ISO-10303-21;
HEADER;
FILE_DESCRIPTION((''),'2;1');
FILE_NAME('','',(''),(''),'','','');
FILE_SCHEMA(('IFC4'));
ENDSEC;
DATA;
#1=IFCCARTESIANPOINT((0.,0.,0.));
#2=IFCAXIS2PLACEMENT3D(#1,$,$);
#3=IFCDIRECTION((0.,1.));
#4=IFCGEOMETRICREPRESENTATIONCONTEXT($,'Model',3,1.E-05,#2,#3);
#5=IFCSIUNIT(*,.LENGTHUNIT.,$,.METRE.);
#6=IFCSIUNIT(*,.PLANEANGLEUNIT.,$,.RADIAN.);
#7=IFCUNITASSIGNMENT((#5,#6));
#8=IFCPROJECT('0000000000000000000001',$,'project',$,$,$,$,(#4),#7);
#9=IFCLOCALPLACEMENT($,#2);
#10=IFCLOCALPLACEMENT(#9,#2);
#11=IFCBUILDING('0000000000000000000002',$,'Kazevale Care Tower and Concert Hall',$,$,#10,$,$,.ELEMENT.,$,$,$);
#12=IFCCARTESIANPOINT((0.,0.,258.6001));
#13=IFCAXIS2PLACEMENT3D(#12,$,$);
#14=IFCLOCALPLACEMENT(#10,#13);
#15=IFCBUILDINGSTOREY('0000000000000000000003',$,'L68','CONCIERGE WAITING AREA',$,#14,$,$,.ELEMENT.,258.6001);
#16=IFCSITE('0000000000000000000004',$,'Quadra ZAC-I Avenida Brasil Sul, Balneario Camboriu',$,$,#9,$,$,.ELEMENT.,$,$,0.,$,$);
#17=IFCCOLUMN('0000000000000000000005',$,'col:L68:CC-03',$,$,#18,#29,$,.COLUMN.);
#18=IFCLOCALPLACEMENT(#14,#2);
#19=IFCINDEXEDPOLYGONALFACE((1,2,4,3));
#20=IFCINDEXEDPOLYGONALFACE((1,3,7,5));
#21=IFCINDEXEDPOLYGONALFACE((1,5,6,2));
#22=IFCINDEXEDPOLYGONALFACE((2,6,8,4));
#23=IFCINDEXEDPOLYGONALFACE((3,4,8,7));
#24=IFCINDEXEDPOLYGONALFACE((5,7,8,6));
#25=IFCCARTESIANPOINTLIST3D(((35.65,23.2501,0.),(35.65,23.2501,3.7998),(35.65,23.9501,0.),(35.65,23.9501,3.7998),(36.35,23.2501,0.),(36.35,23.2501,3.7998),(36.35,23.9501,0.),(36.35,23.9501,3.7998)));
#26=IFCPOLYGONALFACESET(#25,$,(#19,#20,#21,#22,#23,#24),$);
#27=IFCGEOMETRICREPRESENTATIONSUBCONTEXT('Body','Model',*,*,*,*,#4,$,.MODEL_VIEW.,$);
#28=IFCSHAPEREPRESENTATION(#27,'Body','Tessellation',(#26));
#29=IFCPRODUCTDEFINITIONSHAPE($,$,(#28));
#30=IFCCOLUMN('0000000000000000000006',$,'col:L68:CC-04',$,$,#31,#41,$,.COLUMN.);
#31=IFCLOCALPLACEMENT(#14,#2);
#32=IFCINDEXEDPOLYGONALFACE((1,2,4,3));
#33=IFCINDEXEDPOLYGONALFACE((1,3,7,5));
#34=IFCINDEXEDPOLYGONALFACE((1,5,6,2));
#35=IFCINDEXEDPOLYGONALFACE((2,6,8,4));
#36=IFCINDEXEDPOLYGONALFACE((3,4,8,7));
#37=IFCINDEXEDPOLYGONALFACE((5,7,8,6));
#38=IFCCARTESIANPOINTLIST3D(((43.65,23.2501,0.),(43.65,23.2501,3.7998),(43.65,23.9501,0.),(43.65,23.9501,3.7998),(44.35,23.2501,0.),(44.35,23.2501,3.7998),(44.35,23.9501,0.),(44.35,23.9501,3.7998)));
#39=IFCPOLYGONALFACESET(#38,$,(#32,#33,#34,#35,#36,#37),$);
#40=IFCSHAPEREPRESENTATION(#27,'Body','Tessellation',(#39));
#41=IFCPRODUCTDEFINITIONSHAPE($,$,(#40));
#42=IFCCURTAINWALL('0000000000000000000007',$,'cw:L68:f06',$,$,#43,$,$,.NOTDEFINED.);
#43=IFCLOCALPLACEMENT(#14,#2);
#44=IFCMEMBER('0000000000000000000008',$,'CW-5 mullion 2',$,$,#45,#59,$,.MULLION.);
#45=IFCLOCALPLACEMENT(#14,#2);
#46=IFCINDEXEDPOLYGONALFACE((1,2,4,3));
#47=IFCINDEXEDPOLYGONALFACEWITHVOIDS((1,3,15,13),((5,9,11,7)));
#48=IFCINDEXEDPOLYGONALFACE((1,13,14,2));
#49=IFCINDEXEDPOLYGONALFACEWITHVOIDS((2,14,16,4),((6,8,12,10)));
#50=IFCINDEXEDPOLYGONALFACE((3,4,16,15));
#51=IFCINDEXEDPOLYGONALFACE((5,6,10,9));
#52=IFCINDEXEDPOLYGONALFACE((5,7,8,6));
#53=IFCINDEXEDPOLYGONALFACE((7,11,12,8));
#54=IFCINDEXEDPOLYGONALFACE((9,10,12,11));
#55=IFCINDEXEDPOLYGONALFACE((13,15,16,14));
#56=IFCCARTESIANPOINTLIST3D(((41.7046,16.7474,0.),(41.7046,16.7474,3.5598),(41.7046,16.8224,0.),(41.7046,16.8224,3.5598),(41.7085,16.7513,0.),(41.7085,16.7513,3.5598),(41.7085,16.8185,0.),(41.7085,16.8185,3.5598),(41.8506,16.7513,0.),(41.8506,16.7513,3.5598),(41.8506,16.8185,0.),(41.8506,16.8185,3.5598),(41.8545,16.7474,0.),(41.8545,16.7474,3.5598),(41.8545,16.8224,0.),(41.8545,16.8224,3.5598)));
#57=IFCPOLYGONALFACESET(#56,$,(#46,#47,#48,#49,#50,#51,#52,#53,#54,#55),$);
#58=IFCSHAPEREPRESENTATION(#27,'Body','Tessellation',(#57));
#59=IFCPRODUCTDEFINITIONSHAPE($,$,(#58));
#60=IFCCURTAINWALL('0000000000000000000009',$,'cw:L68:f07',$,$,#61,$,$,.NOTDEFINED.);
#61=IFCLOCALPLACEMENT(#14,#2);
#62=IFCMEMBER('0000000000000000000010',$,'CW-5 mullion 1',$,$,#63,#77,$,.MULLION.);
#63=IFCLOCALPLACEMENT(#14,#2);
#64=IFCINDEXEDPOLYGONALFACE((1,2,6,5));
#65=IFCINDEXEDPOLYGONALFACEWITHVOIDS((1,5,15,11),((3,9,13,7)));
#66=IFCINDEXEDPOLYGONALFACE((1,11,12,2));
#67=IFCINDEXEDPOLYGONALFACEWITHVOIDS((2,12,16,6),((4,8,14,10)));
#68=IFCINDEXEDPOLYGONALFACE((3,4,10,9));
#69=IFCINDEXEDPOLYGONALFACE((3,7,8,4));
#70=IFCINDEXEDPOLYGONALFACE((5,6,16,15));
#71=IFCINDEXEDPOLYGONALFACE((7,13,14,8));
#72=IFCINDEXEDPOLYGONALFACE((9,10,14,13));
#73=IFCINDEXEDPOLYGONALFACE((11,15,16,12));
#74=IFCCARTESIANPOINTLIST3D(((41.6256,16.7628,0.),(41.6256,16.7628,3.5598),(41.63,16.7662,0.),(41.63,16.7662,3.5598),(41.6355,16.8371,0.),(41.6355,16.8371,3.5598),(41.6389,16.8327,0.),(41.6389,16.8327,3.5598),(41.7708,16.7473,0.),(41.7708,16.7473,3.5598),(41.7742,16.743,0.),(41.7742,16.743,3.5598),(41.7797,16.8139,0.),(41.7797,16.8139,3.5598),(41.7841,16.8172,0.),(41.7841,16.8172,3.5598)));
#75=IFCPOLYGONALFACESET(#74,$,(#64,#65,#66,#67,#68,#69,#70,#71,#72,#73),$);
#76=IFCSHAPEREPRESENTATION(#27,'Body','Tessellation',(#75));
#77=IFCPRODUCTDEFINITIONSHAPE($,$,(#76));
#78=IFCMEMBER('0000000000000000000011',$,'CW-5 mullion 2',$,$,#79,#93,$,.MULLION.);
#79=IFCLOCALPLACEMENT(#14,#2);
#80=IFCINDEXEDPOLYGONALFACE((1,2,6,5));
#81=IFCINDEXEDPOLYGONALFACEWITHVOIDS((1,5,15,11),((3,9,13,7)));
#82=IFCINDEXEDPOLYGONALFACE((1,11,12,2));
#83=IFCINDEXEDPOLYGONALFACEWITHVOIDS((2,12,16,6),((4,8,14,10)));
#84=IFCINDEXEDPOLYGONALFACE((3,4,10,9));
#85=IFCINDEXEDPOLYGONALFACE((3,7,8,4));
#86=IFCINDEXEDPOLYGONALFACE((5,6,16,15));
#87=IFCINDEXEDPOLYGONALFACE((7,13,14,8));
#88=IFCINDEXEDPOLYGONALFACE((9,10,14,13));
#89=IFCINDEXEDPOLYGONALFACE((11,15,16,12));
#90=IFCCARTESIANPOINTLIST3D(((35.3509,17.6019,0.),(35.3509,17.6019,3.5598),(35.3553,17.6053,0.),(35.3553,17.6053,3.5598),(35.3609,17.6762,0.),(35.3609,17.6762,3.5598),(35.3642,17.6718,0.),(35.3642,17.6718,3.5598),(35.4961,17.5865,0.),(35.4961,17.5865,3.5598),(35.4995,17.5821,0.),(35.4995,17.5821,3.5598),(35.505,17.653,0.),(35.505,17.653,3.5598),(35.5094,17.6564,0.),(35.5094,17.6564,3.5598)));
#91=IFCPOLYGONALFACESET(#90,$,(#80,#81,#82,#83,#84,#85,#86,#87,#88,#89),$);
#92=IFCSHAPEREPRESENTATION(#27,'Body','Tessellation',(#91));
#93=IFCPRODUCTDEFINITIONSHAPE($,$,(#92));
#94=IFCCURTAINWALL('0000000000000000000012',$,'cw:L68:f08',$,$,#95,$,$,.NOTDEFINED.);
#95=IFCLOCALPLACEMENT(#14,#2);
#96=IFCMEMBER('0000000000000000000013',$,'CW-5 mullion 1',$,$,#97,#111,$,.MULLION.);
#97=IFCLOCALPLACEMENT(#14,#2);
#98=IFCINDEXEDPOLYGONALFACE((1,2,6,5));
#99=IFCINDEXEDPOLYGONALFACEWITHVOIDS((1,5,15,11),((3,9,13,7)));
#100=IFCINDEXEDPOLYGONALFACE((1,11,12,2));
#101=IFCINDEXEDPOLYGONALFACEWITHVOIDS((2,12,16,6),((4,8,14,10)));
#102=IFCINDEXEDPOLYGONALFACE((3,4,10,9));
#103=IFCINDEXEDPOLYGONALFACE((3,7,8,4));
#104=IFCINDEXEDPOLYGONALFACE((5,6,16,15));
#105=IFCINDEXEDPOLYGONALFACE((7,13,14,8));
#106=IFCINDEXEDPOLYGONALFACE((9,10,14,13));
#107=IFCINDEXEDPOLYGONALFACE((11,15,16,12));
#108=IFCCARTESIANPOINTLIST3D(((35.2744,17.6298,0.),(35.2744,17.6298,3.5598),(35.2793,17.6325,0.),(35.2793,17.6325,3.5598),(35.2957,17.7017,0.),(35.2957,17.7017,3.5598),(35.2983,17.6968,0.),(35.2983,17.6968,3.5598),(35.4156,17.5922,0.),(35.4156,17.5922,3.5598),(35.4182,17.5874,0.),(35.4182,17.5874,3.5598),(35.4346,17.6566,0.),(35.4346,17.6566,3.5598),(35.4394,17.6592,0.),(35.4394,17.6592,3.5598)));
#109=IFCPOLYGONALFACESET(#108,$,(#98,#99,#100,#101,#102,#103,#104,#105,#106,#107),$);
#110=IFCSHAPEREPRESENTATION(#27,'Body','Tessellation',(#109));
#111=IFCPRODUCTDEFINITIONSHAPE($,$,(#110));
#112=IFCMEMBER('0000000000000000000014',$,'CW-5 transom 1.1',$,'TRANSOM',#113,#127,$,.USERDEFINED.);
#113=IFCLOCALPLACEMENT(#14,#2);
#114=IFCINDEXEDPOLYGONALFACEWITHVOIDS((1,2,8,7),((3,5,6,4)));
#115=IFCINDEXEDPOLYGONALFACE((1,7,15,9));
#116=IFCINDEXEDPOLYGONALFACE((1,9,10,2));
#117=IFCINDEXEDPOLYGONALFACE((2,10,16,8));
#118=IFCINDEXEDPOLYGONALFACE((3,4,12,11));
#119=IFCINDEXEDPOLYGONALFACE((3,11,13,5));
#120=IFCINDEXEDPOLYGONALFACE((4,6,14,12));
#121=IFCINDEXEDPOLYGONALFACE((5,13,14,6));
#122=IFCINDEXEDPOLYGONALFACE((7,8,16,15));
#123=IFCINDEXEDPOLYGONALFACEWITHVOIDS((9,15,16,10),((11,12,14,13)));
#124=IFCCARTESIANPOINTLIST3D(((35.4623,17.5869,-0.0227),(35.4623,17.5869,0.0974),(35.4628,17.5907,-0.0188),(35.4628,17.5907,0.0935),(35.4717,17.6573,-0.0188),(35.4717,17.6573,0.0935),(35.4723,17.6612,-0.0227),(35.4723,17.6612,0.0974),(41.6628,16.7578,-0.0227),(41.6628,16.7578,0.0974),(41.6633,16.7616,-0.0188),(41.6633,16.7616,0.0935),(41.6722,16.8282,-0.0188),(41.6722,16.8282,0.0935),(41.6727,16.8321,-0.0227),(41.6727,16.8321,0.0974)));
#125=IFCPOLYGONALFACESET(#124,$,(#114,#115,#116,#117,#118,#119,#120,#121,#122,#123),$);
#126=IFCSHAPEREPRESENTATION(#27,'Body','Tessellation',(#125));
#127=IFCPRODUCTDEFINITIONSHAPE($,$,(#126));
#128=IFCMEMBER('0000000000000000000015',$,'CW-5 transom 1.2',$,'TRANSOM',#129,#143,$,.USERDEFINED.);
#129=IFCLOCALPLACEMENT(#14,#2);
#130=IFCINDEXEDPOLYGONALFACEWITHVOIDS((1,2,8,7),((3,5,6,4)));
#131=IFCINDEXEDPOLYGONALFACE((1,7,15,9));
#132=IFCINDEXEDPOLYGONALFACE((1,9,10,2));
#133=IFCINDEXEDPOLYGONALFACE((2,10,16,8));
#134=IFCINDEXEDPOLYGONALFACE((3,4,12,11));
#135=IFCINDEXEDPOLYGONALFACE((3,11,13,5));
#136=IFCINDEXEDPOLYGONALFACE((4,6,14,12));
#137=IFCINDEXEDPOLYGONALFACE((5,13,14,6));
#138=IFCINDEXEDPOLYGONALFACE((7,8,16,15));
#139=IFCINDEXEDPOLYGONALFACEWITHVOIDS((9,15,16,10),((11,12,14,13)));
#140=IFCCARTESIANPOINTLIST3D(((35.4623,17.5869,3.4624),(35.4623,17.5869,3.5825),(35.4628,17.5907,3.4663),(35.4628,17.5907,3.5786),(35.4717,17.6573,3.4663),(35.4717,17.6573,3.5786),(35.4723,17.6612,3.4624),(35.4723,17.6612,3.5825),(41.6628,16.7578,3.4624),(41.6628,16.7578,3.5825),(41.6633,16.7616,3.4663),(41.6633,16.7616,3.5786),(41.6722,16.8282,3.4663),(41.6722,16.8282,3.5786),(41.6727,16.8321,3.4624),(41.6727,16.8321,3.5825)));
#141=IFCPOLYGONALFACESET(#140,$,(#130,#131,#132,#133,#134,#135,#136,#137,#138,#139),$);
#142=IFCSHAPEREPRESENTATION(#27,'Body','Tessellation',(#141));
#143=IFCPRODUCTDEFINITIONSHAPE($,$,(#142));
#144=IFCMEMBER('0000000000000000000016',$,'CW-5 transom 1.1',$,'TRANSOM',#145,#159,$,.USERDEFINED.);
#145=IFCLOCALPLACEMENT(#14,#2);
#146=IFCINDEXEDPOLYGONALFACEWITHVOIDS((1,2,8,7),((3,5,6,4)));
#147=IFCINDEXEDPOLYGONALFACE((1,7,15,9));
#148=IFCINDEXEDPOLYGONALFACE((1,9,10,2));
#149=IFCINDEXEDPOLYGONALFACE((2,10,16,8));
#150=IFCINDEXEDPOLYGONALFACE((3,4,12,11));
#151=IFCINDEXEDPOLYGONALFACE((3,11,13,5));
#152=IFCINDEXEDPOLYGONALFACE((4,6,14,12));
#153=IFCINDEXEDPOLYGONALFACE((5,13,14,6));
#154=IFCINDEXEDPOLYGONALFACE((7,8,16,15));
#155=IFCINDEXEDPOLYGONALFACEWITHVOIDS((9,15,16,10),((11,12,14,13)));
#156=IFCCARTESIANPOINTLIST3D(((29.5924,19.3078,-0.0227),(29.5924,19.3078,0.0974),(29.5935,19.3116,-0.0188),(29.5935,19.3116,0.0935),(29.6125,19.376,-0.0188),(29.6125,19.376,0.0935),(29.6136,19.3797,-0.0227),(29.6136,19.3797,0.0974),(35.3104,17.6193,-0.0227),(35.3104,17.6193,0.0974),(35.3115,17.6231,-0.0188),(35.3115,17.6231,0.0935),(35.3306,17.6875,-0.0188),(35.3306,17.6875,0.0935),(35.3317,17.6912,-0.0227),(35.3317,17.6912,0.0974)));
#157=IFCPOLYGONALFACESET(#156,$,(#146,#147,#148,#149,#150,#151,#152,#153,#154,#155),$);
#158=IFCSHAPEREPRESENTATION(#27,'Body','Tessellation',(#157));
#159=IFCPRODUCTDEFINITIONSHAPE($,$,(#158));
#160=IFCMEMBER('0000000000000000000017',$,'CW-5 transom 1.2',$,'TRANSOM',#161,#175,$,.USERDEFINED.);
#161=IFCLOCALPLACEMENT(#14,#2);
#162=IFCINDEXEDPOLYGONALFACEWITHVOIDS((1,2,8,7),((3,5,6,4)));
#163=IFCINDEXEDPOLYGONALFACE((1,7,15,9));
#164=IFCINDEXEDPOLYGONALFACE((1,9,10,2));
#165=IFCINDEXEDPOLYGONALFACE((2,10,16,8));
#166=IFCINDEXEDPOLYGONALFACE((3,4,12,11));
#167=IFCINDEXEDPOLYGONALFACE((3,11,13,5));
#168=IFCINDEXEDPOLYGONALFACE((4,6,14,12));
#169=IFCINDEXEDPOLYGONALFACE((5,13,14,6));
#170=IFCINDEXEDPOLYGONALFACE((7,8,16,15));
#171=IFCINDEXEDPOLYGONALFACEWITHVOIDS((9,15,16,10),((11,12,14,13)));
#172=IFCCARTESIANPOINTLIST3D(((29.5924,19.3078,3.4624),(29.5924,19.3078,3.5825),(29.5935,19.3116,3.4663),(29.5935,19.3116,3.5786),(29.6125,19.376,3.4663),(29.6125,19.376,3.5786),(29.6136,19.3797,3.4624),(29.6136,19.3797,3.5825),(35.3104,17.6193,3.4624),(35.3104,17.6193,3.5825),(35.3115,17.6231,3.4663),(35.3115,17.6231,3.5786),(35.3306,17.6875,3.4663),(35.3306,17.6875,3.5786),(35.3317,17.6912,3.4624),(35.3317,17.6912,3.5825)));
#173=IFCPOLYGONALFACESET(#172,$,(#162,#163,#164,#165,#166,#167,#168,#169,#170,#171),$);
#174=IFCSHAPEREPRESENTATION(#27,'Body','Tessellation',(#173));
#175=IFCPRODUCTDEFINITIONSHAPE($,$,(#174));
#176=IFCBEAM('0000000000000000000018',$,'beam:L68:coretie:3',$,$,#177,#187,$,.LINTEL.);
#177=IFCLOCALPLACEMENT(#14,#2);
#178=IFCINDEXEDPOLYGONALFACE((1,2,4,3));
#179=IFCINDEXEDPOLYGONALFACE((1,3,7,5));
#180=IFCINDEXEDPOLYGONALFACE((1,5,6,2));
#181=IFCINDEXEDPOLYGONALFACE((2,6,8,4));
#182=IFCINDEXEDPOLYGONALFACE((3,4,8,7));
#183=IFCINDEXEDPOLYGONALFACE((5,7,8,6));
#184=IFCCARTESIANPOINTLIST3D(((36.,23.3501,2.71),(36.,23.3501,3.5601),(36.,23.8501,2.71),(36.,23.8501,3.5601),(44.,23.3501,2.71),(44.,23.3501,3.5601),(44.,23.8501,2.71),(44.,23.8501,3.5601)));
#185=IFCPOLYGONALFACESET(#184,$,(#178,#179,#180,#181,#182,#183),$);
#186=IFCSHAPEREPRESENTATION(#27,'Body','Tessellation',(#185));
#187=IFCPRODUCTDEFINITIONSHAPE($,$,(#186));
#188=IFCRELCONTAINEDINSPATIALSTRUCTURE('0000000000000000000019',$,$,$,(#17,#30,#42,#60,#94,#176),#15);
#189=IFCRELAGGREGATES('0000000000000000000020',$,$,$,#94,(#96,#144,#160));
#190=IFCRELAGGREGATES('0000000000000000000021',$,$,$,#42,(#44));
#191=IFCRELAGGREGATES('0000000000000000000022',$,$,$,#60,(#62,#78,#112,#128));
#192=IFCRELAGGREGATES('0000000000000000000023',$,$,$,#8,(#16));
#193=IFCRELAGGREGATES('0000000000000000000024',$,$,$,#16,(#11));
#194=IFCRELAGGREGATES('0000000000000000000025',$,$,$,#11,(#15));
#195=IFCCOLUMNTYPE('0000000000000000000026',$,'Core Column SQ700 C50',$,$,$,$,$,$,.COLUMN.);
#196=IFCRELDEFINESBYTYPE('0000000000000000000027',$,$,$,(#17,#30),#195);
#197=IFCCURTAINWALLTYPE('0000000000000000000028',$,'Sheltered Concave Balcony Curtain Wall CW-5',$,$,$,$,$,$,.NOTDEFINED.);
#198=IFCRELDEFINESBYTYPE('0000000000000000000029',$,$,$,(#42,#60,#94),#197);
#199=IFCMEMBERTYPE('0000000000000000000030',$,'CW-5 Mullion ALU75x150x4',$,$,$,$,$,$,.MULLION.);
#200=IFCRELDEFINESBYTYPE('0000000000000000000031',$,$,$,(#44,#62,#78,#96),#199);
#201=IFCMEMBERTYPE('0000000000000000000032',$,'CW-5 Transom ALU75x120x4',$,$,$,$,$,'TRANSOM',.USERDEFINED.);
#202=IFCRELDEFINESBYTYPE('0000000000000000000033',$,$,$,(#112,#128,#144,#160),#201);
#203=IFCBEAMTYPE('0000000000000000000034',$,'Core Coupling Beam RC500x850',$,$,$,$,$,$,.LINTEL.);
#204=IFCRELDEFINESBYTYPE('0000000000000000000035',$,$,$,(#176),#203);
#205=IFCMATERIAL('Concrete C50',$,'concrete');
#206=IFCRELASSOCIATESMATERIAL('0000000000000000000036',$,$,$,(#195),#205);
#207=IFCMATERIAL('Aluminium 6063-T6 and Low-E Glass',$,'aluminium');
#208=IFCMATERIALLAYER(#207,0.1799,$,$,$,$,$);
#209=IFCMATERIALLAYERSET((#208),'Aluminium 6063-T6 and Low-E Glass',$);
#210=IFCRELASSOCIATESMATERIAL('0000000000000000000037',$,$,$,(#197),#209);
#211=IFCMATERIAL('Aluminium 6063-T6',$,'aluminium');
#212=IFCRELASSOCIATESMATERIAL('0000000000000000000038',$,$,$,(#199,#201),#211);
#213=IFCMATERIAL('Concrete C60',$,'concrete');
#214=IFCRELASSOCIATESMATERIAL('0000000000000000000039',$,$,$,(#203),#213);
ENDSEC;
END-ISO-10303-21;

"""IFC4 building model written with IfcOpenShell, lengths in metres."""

from ifc_helpers import new_model, si_unit, direction, frame, origin, origin_2d, place, context, subcontext, project, spatial, rectangle, hollow_rectangle, extrude, material, layer, layer_set, material_profile, profile_set, type_object, element, aggregate, save


model = new_model("IFC4")

# Units and contexts
model_context = context("Model", 3, precision=1e-05, world=origin(), true_north=direction((0.0, 1.0)))
body_context = subcontext(model_context, "Body", "Model", "MODEL_VIEW")
ifc_project = project(units=[si_unit("LENGTHUNIT", "METRE"), si_unit("PLANEANGLEUNIT", "RADIAN")], contexts=[model_context])

# Site, building, storey
site_placement = place(None, origin())
site = spatial("IfcSite", under=ifc_project, at=site_placement, Name="Quadra ZAC-I Avenida Brasil Sul, Balneario Camboriu", CompositionType="ELEMENT", RefElevation=0.0)
building_placement = place(site_placement, origin())
building = spatial("IfcBuilding", under=site, at=building_placement, Name="Kazevale Care Tower and Concert Hall", CompositionType="ELEMENT")
storey_placement = place(building_placement, frame((0.0, 0.0, 258.6001)))
storey = spatial("IfcBuildingStorey", under=building, at=storey_placement, Name="L68", Description="CONCIERGE WAITING AREA", CompositionType="ELEMENT", Elevation=258.6001)

# Columns
ifc_material_1 = material(Name="Concrete C50", Category="concrete")
ifc_material_profile_1 = material_profile(ifc_material_1, rectangle(XDim=0.7, YDim=0.7, at=origin_2d()), Name="RC-SQ700")
ifc_profile_set_1 = profile_set([ifc_material_profile_1], Name="Concrete C50")
column_type = type_object("IfcColumnType", Name="Core Column SQ700 C50", PredefinedType="COLUMN", material=ifc_profile_set_1)
for number, where, z_axis, x_axis, name in (
    (1, (36.0, 23.6001, 0.0), (0.0, 0.0, 1.0), (1.0, 0.0, 0.0), "col:L68:CC-03"),
    (2, (44.0, 23.6001, 0.0), (0.0, 0.0, 1.0), (1.0, 0.0, 0.0), "col:L68:CC-04"),
):
    element("IfcColumn", number, at=place(storey_placement, frame(where, z_axis=z_axis, x_axis=x_axis)), inside=storey, type_object=column_type, Name=name, PredefinedType="COLUMN", context=body_context, shape_type="SweptSolid", body=[
        extrude(rectangle(XDim=0.7, YDim=0.7, at=origin_2d()), origin(), (0.0, 0.0, 1.0), 3.7998),
    ])

# Curtain wall, member
ifc_material_2 = material(Name="Aluminium 6063-T6 and Low-E Glass", Category="aluminium")
ifc_layer_1 = layer(ifc_material_2, 0.1799)
ifc_layer_set_1 = layer_set([ifc_layer_1], Name="Aluminium 6063-T6 and Low-E Glass")
curtain_wall_type = type_object("IfcCurtainWallType", Name="Sheltered Concave Balcony Curtain Wall CW-5", PredefinedType="NOTDEFINED", material=ifc_layer_set_1)
curtain_wall_1_placement = place(storey_placement, origin())
curtain_wall_1 = element("IfcCurtainWall", 3, at=curtain_wall_1_placement, inside=storey, type_object=curtain_wall_type, Name="cw:L68:f06", PredefinedType="NOTDEFINED")
ifc_material_3 = material(Name="Aluminium 6063-T6", Category="aluminium")
ifc_material_profile_2 = material_profile(ifc_material_3, hollow_rectangle(XDim=0.075, YDim=0.1499, WallThickness=0.0039, at=origin_2d()), Name="ALU75x150x4")
ifc_profile_set_2 = profile_set([ifc_material_profile_2], Name="Aluminium 6063-T6")
member_type_1 = type_object("IfcMemberType", Name="CW-5 Mullion ALU75x150x4", PredefinedType="MULLION", material=ifc_profile_set_2)
member_1_placement = place(storey_placement, frame((41.7795, 16.7849, 0.0), z_axis=(0.0, 0.0, 1.0), x_axis=(0.0, -1.0, 0.0)))
member_1 = element("IfcMember", 4, at=member_1_placement, type_object=member_type_1, Name="CW-5 mullion 2", PredefinedType="MULLION", context=body_context, shape_type="SweptSolid", body=[
    extrude(hollow_rectangle(XDim=0.075, YDim=0.1499, WallThickness=0.0039, at=origin_2d()), origin(), (0.0, 0.0, 1.0), 3.5598),
])

# Curtain wall, members
curtain_wall_2_placement = place(storey_placement, origin())
curtain_wall_2 = element("IfcCurtainWall", 5, at=curtain_wall_2_placement, inside=storey, type_object=curtain_wall_type, Name="cw:L68:f07", PredefinedType="NOTDEFINED")
member_2_placement = place(storey_placement, frame((41.7048, 16.79, 0.0), z_axis=(0.0, 0.0, 1.0), x_axis=(-0.132542, -0.991177, 0.0)))
member_2 = element("IfcMember", 6, at=member_2_placement, type_object=member_type_1, Name="CW-5 mullion 1", PredefinedType="MULLION", context=body_context, shape_type="SweptSolid", body=[
    extrude(hollow_rectangle(XDim=0.075, YDim=0.1499, WallThickness=0.0039, at=origin_2d()), origin(), (0.0, 0.0, 1.0), 3.5598),
])
member_3_placement = place(storey_placement, frame((35.4302, 17.6292, 0.0), z_axis=(0.0, 0.0, 1.0), x_axis=(-0.132542, -0.991177, 0.0)))
member_3 = element("IfcMember", 7, at=member_3_placement, type_object=member_type_1, Name="CW-5 mullion 2", PredefinedType="MULLION", context=body_context, shape_type="SweptSolid", body=[
    extrude(hollow_rectangle(XDim=0.075, YDim=0.1499, WallThickness=0.0039, at=origin_2d()), origin(), (0.0, 0.0, 1.0), 3.5598),
])

# Curtain wall, member
curtain_wall_3_placement = place(storey_placement, origin())
curtain_wall_3 = element("IfcCurtainWall", 8, at=curtain_wall_3_placement, inside=storey, type_object=curtain_wall_type, Name="cw:L68:f08", PredefinedType="NOTDEFINED")
member_4_placement = place(storey_placement, frame((35.3569, 17.6445, 0.0), z_axis=(0.0, 0.0, 1.0), x_axis=(-0.283203, -0.95906, 0.0)))
member_4 = element("IfcMember", 9, at=member_4_placement, type_object=member_type_1, Name="CW-5 mullion 1", PredefinedType="MULLION", context=body_context, shape_type="SweptSolid", body=[
    extrude(hollow_rectangle(XDim=0.075, YDim=0.1499, WallThickness=0.0039, at=origin_2d()), origin(), (0.0, 0.0, 1.0), 3.5598),
])

# Members
ifc_material_profile_3 = material_profile(ifc_material_3, hollow_rectangle(XDim=0.075, YDim=0.1201, WallThickness=0.0039, at=origin_2d()), Name="ALU75x120x4")
ifc_profile_set_3 = profile_set([ifc_material_profile_3], Name="Aluminium 6063-T6")
member_type_2 = type_object("IfcMemberType", Name="CW-5 Transom ALU75x120x4", ElementType="TRANSOM", PredefinedType="USERDEFINED", material=ifc_profile_set_3)
member_5_placement = place(storey_placement, frame((41.6677, 16.7949, 0.0374), z_axis=(-0.991178, 0.132537, 0.0), x_axis=(-0.132537, -0.991178, 0.0)))
member_5 = element("IfcMember", 10, at=member_5_placement, type_object=member_type_2, Name="CW-5 transom 1.1", ObjectType="TRANSOM", PredefinedType="USERDEFINED", context=body_context, shape_type="SweptSolid", body=[
    extrude(hollow_rectangle(XDim=0.075, YDim=0.1201, WallThickness=0.0039, at=origin_2d()), origin(), (0.0, 0.0, 1.0), 6.2556),
])
member_6_placement = place(storey_placement, frame((41.6677, 16.7949, 3.5225), z_axis=(-0.991178, 0.132537, 0.0), x_axis=(-0.132537, -0.991178, 0.0)))
member_6 = element("IfcMember", 11, at=member_6_placement, type_object=member_type_2, Name="CW-5 transom 1.2", ObjectType="TRANSOM", PredefinedType="USERDEFINED", context=body_context, shape_type="SweptSolid", body=[
    extrude(hollow_rectangle(XDim=0.075, YDim=0.1201, WallThickness=0.0039, at=origin_2d()), origin(), (0.0, 0.0, 1.0), 6.2556),
])
member_7_placement = place(storey_placement, frame((35.321, 17.6553, 0.0374), z_axis=(-0.95906, 0.283201, 0.0), x_axis=(-0.283201, -0.95906, 0.0)))
member_7 = element("IfcMember", 12, at=member_7_placement, type_object=member_type_2, Name="CW-5 transom 1.1", ObjectType="TRANSOM", PredefinedType="USERDEFINED", context=body_context, shape_type="SweptSolid", body=[
    extrude(hollow_rectangle(XDim=0.075, YDim=0.1201, WallThickness=0.0039, at=origin_2d()), origin(), (0.0, 0.0, 1.0), 5.9622),
])
member_8_placement = place(storey_placement, frame((35.321, 17.6553, 3.5225), z_axis=(-0.95906, 0.283201, 0.0), x_axis=(-0.283201, -0.95906, 0.0)))
member_8 = element("IfcMember", 13, at=member_8_placement, type_object=member_type_2, Name="CW-5 transom 1.2", ObjectType="TRANSOM", PredefinedType="USERDEFINED", context=body_context, shape_type="SweptSolid", body=[
    extrude(hollow_rectangle(XDim=0.075, YDim=0.1201, WallThickness=0.0039, at=origin_2d()), origin(), (0.0, 0.0, 1.0), 5.9622),
])
aggregate(curtain_wall_3, [member_4, member_7, member_8])

# Beam
ifc_material_4 = material(Name="Concrete C60", Category="concrete")
ifc_material_profile_4 = material_profile(ifc_material_4, rectangle(XDim=0.5, YDim=0.8501, at=origin_2d()), Name="RC-B500x850")
ifc_profile_set_4 = profile_set([ifc_material_profile_4], Name="Concrete C60")
beam_type_1 = type_object("IfcBeamType", Name="Core Coupling Beam RC500x850", PredefinedType="LINTEL", material=ifc_profile_set_4)
beam_1_placement = place(storey_placement, frame((36.0, 23.6001, 3.135), z_axis=(1.0, 0.0, 0.0), x_axis=(0.0, 1.0, 0.0)))
element("IfcBeam", 14, at=beam_1_placement, inside=storey, type_object=beam_type_1, Name="beam:L68:coretie:3", PredefinedType="LINTEL", context=body_context, shape_type="SweptSolid", body=[
    extrude(rectangle(XDim=0.5, YDim=0.8501, at=origin_2d()), origin(), (0.0, 0.0, 1.0), 8.0),
])

aggregate(curtain_wall_1, [member_1])
aggregate(curtain_wall_2, [member_2, member_3, member_5, member_6])

save(model, "model.ifc")
